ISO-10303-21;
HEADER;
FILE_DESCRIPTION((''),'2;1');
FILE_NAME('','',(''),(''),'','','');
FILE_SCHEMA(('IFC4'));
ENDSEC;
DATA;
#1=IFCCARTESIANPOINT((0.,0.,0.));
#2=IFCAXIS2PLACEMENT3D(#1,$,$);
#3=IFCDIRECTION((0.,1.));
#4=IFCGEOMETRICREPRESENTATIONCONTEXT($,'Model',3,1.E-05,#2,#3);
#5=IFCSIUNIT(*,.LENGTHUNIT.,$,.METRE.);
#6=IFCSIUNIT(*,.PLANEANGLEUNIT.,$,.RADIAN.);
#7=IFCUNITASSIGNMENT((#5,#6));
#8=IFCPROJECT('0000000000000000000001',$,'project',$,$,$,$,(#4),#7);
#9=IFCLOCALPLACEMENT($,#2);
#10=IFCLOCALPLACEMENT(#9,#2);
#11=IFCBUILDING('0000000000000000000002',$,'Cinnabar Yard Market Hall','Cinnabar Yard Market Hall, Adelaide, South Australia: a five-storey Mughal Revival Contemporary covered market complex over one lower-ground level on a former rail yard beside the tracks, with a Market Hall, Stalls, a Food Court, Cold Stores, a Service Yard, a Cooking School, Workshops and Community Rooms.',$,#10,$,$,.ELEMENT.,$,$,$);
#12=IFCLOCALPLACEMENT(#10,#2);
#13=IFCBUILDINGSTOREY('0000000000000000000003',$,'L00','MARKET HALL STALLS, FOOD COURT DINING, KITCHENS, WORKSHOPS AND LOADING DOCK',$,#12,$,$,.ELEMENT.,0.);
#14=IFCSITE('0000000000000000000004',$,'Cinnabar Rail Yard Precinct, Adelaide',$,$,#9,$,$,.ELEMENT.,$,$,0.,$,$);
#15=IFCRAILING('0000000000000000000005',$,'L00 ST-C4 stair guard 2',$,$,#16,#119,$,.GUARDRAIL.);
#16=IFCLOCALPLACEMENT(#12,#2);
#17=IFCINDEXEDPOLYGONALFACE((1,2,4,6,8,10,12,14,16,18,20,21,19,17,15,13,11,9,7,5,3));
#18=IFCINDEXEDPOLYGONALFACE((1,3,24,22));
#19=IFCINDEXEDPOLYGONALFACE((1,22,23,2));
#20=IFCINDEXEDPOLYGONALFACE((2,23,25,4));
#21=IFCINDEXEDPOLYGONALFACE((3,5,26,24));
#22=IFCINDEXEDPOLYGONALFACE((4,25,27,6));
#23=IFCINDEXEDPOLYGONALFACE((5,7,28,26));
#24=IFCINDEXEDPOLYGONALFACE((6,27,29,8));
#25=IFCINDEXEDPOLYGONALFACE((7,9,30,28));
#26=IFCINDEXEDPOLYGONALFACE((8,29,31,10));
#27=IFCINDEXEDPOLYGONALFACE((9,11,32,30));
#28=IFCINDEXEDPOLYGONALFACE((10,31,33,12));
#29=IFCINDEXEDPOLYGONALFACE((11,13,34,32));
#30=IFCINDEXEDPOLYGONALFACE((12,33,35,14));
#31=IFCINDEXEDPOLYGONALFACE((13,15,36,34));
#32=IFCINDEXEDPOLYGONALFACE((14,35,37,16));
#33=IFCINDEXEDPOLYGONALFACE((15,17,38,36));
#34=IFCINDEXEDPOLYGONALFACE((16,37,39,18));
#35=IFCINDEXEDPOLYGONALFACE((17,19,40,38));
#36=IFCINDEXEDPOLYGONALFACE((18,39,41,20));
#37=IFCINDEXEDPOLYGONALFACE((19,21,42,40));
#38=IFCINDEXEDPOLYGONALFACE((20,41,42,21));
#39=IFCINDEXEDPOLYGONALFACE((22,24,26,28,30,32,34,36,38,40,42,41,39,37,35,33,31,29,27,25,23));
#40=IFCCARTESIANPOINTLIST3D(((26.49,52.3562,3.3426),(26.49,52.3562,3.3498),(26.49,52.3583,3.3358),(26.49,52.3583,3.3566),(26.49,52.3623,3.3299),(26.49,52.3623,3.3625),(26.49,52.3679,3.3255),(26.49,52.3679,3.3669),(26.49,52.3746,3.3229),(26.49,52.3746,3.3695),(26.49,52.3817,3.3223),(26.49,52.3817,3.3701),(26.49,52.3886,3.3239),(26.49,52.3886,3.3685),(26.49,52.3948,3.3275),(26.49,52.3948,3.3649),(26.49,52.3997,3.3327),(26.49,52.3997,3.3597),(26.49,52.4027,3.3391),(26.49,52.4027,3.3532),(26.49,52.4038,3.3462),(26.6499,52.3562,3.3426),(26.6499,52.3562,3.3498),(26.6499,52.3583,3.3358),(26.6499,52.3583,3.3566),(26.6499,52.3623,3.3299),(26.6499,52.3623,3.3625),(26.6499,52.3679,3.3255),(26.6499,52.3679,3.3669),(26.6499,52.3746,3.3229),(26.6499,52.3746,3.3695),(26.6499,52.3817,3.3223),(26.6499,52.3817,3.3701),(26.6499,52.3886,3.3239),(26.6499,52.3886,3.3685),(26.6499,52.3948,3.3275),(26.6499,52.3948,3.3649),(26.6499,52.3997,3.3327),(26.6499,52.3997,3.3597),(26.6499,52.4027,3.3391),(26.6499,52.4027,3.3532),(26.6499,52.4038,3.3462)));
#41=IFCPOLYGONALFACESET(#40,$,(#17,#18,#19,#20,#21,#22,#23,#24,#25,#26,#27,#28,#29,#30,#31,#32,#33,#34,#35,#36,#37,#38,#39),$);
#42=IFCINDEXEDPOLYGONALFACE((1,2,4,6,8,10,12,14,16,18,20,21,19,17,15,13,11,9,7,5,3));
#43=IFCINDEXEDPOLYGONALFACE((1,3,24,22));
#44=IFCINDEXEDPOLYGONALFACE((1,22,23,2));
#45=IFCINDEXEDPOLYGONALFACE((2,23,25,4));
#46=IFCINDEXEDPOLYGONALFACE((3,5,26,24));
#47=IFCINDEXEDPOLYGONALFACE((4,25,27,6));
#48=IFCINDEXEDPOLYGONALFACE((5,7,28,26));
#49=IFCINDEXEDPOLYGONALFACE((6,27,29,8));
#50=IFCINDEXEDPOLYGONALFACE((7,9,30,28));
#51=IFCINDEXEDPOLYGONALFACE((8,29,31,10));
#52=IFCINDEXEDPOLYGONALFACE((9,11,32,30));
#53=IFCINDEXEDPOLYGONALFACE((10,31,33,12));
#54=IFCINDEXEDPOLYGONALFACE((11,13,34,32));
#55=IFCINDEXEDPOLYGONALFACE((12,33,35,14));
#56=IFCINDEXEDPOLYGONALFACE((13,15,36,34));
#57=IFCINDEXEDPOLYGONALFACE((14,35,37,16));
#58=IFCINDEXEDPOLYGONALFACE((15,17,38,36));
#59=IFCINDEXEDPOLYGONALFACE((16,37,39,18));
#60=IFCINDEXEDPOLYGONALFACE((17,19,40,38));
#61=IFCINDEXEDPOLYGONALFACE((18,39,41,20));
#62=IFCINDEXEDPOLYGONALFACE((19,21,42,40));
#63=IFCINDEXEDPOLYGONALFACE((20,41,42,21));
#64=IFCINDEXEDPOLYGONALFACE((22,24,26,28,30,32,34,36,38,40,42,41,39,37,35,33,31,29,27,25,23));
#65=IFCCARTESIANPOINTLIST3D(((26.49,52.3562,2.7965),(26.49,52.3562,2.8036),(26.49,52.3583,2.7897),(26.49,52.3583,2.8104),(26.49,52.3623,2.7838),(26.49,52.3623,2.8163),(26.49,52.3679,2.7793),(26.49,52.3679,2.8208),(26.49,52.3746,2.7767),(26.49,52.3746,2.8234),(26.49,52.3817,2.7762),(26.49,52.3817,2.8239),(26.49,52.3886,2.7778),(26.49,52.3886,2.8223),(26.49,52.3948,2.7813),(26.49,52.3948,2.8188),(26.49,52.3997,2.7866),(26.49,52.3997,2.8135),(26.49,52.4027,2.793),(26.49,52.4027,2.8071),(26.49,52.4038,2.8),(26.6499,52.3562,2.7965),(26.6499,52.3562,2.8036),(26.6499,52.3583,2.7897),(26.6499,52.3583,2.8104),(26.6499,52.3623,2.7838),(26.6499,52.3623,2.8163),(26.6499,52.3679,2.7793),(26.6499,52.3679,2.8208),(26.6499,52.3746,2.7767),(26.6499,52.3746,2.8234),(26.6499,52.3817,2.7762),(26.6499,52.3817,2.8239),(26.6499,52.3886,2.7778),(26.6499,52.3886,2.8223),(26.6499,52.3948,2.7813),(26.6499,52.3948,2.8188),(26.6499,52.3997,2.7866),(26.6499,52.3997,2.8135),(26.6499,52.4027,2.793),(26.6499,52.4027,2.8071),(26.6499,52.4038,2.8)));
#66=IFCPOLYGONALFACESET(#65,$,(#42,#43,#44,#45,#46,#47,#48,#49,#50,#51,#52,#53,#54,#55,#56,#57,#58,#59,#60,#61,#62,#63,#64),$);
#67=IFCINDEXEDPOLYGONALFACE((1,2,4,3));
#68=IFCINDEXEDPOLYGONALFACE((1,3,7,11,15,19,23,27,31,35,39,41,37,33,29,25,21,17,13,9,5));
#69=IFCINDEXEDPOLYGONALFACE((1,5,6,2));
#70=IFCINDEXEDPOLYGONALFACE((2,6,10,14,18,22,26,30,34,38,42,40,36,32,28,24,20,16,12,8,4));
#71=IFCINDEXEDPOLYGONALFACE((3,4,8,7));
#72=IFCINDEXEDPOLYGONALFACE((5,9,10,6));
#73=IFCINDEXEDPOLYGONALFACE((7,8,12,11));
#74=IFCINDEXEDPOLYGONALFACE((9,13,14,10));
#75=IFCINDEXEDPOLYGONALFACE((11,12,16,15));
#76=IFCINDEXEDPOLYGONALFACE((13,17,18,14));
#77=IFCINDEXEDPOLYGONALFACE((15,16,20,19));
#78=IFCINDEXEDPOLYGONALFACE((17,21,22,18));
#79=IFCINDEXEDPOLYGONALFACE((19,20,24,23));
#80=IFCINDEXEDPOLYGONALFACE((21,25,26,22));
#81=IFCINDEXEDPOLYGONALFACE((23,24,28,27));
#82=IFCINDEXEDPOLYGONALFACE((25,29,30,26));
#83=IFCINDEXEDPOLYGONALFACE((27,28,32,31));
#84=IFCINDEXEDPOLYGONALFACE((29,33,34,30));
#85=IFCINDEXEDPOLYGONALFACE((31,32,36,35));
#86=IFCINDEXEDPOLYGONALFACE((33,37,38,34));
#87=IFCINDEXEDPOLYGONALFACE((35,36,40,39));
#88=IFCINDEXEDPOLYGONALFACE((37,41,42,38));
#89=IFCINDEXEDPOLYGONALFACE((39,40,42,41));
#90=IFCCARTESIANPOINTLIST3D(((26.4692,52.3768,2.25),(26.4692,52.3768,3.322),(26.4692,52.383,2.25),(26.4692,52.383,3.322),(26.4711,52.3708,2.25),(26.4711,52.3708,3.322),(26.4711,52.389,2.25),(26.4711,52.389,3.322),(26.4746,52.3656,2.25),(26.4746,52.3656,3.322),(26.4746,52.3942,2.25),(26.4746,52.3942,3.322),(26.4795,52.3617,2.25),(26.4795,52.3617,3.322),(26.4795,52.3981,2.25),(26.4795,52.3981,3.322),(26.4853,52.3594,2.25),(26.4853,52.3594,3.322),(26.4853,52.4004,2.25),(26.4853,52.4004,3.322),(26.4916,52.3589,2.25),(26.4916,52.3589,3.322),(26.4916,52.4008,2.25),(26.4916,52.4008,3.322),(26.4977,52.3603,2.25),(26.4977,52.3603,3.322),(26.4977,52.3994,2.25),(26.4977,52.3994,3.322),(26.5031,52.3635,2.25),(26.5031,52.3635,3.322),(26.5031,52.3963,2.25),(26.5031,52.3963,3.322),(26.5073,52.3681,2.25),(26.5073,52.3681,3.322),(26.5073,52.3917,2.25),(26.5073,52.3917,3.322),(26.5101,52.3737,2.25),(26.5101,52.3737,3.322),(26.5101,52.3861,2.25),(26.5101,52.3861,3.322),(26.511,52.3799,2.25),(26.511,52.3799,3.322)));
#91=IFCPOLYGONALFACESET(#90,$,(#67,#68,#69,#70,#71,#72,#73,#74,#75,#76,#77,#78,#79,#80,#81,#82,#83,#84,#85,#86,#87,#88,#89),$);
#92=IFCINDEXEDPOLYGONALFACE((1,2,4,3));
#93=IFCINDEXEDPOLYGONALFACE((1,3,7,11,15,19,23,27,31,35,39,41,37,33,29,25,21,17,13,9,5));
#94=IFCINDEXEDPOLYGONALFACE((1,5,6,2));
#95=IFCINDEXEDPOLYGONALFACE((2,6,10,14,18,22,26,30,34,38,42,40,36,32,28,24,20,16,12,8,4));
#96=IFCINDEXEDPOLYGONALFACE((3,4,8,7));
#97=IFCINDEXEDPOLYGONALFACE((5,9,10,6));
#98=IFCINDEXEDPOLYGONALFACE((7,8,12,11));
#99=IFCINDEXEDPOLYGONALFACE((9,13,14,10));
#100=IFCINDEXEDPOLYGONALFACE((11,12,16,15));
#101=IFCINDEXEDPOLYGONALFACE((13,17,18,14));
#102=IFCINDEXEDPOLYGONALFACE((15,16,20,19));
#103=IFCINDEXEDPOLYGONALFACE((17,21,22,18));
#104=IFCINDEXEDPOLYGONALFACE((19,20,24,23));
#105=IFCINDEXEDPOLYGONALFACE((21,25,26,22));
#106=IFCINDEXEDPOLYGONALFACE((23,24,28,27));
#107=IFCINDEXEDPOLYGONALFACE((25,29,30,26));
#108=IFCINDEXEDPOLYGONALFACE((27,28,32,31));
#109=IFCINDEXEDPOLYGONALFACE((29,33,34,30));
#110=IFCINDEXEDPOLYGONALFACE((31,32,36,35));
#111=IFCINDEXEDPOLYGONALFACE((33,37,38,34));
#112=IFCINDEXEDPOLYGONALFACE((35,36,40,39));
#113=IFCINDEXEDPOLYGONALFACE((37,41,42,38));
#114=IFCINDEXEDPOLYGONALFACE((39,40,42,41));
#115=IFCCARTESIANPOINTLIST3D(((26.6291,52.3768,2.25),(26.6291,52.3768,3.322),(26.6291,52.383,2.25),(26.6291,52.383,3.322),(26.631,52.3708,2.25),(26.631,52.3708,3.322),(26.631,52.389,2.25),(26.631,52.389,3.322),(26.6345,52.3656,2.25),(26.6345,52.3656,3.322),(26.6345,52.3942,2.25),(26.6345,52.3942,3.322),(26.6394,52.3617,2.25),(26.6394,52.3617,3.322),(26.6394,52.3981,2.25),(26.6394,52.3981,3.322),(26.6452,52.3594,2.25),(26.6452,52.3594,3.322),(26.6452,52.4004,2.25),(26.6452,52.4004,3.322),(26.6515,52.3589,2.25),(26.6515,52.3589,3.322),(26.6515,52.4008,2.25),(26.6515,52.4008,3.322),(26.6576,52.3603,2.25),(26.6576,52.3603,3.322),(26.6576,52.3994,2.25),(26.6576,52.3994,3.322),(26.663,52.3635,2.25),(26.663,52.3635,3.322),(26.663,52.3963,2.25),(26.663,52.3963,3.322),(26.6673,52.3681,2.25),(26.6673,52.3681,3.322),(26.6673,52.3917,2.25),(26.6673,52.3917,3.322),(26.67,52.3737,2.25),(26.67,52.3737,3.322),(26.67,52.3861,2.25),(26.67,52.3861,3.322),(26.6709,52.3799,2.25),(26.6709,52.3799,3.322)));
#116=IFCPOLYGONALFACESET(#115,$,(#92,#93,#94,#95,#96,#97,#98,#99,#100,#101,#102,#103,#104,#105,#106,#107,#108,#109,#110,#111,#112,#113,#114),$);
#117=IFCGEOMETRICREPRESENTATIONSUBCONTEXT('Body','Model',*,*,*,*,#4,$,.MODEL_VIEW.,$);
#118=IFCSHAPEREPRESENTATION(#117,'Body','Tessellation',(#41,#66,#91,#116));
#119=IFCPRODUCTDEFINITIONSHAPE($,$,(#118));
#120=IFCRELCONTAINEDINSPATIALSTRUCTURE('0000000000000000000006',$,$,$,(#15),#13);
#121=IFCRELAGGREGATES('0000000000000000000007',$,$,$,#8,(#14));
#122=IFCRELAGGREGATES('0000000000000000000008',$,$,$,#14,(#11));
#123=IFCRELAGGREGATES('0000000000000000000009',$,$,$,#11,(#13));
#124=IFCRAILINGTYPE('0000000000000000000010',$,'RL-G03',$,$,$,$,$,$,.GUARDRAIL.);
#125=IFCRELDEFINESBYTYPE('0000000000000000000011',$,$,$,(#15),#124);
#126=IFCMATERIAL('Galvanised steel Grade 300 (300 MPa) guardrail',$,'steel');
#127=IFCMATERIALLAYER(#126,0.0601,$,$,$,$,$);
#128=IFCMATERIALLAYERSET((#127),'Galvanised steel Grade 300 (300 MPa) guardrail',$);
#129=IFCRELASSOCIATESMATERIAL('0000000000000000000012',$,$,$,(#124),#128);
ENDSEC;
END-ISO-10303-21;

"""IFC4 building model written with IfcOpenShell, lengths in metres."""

from ifc_helpers import new_model, si_unit, direction, frame, origin, origin_2d_with_axis, place, context, subcontext, project, spatial, circle, extrude, material, layer, layer_set, type_object, element, save


model = new_model("IFC4")

# Units and contexts
model_context = context("Model", 3, precision=1e-05, world=origin(), true_north=direction((0.0, 1.0)))
body_context = subcontext(model_context, "Body", "Model", "MODEL_VIEW")
ifc_project = project(units=[si_unit("LENGTHUNIT", "METRE"), si_unit("PLANEANGLEUNIT", "RADIAN")], contexts=[model_context])

# Site, building, storey
site_placement = place(None, origin())
site = spatial("IfcSite", under=ifc_project, at=site_placement, Name="Cinnabar Rail Yard Precinct, Adelaide", CompositionType="ELEMENT", RefElevation=0.0)
building_placement = place(site_placement, origin())
building = spatial("IfcBuilding", under=site, at=building_placement, Name="Cinnabar Yard Market Hall", Description="Cinnabar Yard Market Hall, Adelaide, South Australia: a five-storey Mughal Revival Contemporary covered market complex over one lower-ground level on a former rail yard beside the tracks, with a Market Hall, Stalls, a Food Court, Cold Stores, a Service Yard, a Cooking School, Workshops and Community Rooms.", CompositionType="ELEMENT")
storey_placement = place(building_placement, origin())
storey = spatial("IfcBuildingStorey", under=building, at=storey_placement, Name="L00", Description="MARKET HALL STALLS, FOOD COURT DINING, KITCHENS, WORKSHOPS AND LOADING DOCK", CompositionType="ELEMENT", Elevation=0.0)

# Railing
ifc_material_1 = material(Name="Galvanised steel Grade 300 (300 MPa) guardrail", Category="steel")
ifc_layer_1 = layer(ifc_material_1, 0.0601)
ifc_layer_set_1 = layer_set([ifc_layer_1], Name="Galvanised steel Grade 300 (300 MPa) guardrail")
railing_type_1 = type_object("IfcRailingType", Name="RL-G03", PredefinedType="GUARDRAIL", material=ifc_layer_set_1)
railing_1_placement = place(storey_placement, frame((26.49, 52.3799, 2.25)))
element("IfcRailing", 1, at=railing_1_placement, inside=storey, type_object=railing_type_1, Name="L00 ST-C4 stair guard 2", PredefinedType="GUARDRAIL", context=body_context, shape_type="SweptSolid", body=[
    extrude(circle(Radius=0.0239, at=origin_2d_with_axis()), frame((0.0, 0.0, 1.0962), z_axis=(1.0, 0.0, 0.0), x_axis=(0.0, 1.0, 0.0)), (0.0, 0.0, 1.0), 0.1599),
    extrude(circle(Radius=0.0239, at=origin_2d_with_axis()), frame((0.0, 0.0, 0.55), z_axis=(1.0, 0.0, 0.0), x_axis=(0.0, 1.0, 0.0)), (0.0, 0.0, 1.0), 0.1599),
    extrude(circle(Radius=0.021, at=origin_2d_with_axis()), origin(), (0.0, 0.0, 1.0), 1.072),
    extrude(circle(Radius=0.021, at=origin_2d_with_axis()), frame((0.1599, 0.0, 0.0)), (0.0, 0.0, 1.0), 1.072),
])

save(model, "model.ifc")
